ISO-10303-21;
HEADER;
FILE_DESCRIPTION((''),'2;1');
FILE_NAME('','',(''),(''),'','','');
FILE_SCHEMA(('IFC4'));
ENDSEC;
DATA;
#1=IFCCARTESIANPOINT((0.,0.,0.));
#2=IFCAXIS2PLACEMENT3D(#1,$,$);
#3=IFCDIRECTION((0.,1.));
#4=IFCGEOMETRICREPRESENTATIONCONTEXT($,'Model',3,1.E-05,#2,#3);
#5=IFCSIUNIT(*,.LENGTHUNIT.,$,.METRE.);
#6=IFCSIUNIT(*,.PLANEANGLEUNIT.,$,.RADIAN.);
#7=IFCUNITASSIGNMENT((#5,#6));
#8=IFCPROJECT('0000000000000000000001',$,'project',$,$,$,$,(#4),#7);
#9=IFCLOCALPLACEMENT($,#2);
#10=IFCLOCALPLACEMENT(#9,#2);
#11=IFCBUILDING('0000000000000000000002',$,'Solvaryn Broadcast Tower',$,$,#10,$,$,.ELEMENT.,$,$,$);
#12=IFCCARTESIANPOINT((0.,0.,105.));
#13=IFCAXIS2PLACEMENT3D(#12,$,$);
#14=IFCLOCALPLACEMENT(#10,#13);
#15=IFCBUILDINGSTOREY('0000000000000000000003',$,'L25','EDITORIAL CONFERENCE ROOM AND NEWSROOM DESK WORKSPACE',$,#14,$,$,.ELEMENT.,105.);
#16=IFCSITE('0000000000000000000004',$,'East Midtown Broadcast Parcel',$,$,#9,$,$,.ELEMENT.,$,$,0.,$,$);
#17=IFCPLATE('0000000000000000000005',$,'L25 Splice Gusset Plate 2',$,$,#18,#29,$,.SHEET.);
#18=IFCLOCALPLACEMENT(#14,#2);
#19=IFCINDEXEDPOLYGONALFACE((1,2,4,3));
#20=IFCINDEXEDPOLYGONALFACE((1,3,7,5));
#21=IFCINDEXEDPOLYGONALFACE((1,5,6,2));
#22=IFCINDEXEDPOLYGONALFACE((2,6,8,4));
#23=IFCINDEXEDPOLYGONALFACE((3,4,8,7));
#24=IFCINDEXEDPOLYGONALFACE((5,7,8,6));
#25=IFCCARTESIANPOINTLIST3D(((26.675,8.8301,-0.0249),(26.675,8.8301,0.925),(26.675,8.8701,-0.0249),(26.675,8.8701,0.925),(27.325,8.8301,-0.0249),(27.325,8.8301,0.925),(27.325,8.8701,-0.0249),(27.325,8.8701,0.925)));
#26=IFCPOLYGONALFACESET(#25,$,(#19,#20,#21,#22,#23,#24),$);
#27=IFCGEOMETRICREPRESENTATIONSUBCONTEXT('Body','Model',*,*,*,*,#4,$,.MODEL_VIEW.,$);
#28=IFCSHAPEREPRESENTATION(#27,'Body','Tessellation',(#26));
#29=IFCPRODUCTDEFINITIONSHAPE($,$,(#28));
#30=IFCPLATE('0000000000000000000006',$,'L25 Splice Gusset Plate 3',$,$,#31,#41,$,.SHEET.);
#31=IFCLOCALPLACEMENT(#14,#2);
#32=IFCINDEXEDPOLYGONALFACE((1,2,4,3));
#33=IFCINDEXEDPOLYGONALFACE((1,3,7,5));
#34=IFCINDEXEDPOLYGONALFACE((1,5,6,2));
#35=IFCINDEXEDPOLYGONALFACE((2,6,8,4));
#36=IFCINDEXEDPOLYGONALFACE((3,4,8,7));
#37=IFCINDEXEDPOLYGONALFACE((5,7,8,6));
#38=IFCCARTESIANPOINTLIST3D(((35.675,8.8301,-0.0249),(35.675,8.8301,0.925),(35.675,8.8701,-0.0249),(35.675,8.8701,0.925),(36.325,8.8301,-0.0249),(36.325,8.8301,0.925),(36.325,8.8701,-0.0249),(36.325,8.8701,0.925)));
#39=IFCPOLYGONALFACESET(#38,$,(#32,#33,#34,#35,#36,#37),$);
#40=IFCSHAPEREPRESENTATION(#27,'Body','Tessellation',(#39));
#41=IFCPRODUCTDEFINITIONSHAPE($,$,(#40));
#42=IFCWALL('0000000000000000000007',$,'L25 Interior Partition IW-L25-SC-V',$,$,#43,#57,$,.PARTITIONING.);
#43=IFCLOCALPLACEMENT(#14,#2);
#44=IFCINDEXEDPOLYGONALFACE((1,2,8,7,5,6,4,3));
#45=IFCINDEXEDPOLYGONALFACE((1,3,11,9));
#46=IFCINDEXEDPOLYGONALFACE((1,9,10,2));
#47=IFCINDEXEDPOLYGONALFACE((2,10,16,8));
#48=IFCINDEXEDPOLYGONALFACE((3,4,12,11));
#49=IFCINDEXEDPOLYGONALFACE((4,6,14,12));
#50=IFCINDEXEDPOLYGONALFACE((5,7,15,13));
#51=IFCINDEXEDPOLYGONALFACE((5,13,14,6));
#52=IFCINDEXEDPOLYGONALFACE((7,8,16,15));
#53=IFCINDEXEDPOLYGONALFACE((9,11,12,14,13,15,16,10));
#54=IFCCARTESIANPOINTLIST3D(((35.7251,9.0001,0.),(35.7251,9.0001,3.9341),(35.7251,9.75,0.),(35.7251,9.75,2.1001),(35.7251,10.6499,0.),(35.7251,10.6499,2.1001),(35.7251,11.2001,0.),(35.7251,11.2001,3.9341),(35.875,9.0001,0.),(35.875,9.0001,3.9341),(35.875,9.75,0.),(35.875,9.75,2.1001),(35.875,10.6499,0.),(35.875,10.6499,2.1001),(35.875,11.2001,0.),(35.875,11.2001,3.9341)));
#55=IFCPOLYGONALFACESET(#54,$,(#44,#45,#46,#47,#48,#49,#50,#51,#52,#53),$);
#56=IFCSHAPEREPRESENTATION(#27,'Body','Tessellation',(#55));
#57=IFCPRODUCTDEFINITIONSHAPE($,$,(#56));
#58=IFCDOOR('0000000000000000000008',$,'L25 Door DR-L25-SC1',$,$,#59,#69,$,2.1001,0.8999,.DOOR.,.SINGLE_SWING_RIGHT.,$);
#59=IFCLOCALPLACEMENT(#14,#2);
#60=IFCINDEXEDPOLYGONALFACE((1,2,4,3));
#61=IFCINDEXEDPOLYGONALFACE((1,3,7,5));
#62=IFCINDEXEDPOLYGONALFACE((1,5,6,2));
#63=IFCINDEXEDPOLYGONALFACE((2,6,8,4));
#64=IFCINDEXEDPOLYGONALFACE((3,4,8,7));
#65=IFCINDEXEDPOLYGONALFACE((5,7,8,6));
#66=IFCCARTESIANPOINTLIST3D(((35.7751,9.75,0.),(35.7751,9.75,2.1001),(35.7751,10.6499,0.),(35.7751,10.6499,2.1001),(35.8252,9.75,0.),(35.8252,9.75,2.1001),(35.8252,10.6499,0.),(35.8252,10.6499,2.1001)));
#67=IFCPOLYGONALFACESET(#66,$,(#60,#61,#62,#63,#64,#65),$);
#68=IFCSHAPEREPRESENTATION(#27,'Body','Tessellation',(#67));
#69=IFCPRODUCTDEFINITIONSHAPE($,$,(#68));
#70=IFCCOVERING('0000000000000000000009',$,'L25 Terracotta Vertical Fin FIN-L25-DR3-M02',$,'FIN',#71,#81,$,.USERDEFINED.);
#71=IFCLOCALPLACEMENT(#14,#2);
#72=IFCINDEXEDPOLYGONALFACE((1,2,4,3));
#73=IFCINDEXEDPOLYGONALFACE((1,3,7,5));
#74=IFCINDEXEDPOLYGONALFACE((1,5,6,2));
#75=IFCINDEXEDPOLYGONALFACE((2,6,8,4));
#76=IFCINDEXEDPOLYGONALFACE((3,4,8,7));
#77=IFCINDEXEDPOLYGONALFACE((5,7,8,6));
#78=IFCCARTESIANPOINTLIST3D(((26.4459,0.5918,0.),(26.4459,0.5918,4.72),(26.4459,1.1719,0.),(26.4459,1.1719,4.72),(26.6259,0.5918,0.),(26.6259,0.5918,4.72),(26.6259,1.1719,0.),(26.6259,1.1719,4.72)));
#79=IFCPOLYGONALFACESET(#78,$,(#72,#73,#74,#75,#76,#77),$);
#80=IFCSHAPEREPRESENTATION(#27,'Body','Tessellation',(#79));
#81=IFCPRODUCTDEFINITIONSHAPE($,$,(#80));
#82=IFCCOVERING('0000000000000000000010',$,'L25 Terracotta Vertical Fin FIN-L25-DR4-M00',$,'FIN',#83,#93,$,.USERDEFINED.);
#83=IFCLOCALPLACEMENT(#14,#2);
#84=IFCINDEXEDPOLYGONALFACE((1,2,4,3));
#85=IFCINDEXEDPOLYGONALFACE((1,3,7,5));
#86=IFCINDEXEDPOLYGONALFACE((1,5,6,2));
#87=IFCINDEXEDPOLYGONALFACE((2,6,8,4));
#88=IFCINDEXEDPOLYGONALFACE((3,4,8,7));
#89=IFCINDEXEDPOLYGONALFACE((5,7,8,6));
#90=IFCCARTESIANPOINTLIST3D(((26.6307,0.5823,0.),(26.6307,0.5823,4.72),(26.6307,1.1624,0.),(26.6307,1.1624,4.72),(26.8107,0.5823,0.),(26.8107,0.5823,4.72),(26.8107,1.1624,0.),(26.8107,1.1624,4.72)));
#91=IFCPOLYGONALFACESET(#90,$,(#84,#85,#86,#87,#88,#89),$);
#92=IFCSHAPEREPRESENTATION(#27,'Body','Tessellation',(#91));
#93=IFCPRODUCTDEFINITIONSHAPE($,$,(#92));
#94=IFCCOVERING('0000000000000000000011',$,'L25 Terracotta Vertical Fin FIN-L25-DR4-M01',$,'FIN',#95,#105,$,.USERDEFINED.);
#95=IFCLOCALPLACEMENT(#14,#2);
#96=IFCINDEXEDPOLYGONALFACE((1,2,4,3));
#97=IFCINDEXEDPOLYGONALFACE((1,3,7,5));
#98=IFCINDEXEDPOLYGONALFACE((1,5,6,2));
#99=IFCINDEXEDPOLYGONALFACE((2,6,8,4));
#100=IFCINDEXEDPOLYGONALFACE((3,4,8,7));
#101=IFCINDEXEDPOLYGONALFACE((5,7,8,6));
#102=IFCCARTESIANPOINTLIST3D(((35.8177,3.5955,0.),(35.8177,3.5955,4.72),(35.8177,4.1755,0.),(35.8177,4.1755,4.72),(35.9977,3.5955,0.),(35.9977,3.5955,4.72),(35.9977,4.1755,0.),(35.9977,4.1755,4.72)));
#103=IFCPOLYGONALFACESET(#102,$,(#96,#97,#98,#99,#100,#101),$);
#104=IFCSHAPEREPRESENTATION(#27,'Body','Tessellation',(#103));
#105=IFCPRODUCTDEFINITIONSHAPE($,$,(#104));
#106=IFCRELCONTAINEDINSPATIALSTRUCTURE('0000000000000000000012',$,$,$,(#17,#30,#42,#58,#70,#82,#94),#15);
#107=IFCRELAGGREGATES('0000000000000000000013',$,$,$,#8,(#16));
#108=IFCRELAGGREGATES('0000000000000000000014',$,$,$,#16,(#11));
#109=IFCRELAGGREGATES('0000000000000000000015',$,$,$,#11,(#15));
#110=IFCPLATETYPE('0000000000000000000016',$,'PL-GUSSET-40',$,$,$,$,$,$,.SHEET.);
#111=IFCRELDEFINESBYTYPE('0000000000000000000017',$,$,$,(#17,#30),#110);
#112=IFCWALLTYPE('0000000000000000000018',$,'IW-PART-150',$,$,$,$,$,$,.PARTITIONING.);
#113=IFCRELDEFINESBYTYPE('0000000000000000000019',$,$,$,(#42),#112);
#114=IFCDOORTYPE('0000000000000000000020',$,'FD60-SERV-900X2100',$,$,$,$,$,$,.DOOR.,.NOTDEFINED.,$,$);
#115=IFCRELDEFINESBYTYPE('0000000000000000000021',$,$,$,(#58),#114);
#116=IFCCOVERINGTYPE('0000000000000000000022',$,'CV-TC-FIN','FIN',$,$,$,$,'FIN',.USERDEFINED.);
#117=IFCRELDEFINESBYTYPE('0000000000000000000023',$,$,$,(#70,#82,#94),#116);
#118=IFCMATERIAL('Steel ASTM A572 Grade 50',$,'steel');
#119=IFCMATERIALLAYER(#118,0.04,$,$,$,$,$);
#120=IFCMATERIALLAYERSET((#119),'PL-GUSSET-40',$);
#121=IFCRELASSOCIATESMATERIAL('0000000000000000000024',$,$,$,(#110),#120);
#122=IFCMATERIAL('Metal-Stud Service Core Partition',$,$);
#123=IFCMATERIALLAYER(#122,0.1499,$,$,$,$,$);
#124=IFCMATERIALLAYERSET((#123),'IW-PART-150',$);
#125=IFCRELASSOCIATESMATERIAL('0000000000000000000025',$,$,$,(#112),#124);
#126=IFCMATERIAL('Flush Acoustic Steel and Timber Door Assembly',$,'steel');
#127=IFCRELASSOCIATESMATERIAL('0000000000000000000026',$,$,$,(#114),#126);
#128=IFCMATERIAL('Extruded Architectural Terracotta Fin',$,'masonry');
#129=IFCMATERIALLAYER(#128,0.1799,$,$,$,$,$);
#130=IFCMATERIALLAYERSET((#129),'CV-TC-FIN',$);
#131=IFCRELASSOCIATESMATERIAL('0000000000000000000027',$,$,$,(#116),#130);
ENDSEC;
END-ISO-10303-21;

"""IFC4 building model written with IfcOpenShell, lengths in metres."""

from ifc_helpers import new_model, si_unit, direction, frame, frame_2d, origin, origin_2d, place, context, subcontext, project, spatial, rectangle, extrude, material, layer, layer_set, type_object, element, fill, save


model = new_model("IFC4")

# Units and contexts
model_context = context("Model", 3, precision=1e-05, world=origin(), true_north=direction((0.0, 1.0)))
body_context = subcontext(model_context, "Body", "Model", "MODEL_VIEW")
ifc_project = project(units=[si_unit("LENGTHUNIT", "METRE"), si_unit("PLANEANGLEUNIT", "RADIAN")], contexts=[model_context])

# Site, building, storey
site_placement = place(None, origin())
site = spatial("IfcSite", under=ifc_project, at=site_placement, Name="East Midtown Broadcast Parcel", CompositionType="ELEMENT", RefElevation=0.0)
building_placement = place(site_placement, origin())
building = spatial("IfcBuilding", under=site, at=building_placement, Name="Solvaryn Broadcast Tower", CompositionType="ELEMENT")
storey_placement = place(building_placement, frame((0.0, 0.0, 105.0)))
storey = spatial("IfcBuildingStorey", under=building, at=storey_placement, Name="L25", Description="EDITORIAL CONFERENCE ROOM AND NEWSROOM DESK WORKSPACE", CompositionType="ELEMENT", Elevation=105.0)

# Plates
ifc_material_1 = material(Name="Steel ASTM A572 Grade 50", Category="steel")
ifc_layer_1 = layer(ifc_material_1, 0.04)
ifc_layer_set_1 = layer_set([ifc_layer_1], Name="PL-GUSSET-40")
plate_type_1 = type_object("IfcPlateType", Name="PL-GUSSET-40", PredefinedType="SHEET", material=ifc_layer_set_1)
for number, where, z_axis, x_axis, name in (
    (1, (27.0, 8.8501, -0.0249), (0.0, 0.0, 1.0), (1.0, 0.0, 0.0), "L25 Splice Gusset Plate 2"),
    (2, (36.0, 8.8501, -0.0249), (0.0, 0.0, 1.0), (1.0, 0.0, 0.0), "L25 Splice Gusset Plate 3"),
):
    element("IfcPlate", number, at=place(storey_placement, frame(where, z_axis=z_axis, x_axis=x_axis)), inside=storey, type_object=plate_type_1, Name=name, PredefinedType="SHEET", context=body_context, shape_type="SweptSolid", body=[
        extrude(rectangle(XDim=0.6499, YDim=0.04, at=origin_2d()), origin(), (0.0, 0.0, 1.0), 0.95),
    ])

# Wall, opening, door
ifc_material_2 = material(Name="Metal-Stud Service Core Partition")
ifc_layer_2 = layer(ifc_material_2, 0.1499)
ifc_layer_set_2 = layer_set([ifc_layer_2], Name="IW-PART-150")
wall_type = type_object("IfcWallType", Name="IW-PART-150", PredefinedType="PARTITIONING", material=ifc_layer_set_2)
wall_placement = place(storey_placement, frame((35.8, 9.0, 0.0), z_axis=(0.0, 0.0, 1.0), x_axis=(0.0, 1.0, 0.0)))
wall = element("IfcWall", 3, at=wall_placement, inside=storey, type_object=wall_type, Name="L25 Interior Partition IW-L25-SC-V", PredefinedType="PARTITIONING", context=body_context, shape_type="SweptSolid", body=[
    extrude(rectangle(XDim=2.2, YDim=0.1499, at=frame_2d((1.1001, 0.0))), origin(), (0.0, 0.0, 1.0), 3.9341),
])
opening_placement = place(wall_placement, frame((0.75, 0.0, 0.0)))
opening = element("IfcOpeningElement", 4, at=opening_placement, cuts=wall, PredefinedType="OPENING", context=body_context, shape_type="SweptSolid", body=[
    extrude(rectangle(XDim=0.8999, YDim=2.1001, at=frame_2d((0.45, 1.05))), frame((0.0, 0.085, 0.0), z_axis=(0.0, -1.0, 0.0), x_axis=(1.0, 0.0, 0.0)), (0.0, 0.0, 1.0), 0.1699),
])
ifc_material_3 = material(Name="Flush Acoustic Steel and Timber Door Assembly", Category="steel")
door_type = type_object("IfcDoorType", Name="FD60-SERV-900X2100", OperationType="NOTDEFINED", PredefinedType="DOOR", material=ifc_material_3)
door_placement = place(opening_placement, origin())
door = element("IfcDoor", 5, at=door_placement, inside=storey, type_object=door_type, Name="L25 Door DR-L25-SC1", OperationType="SINGLE_SWING_RIGHT", OverallHeight=2.1001, OverallWidth=0.8999, PredefinedType="DOOR", context=body_context, shape_type="SweptSolid", body=[
    extrude(rectangle(XDim=0.8999, YDim=2.1001, at=frame_2d((0.45, 1.05))), frame((0.0, 0.0249, 0.0), z_axis=(0.0, -1.0, 0.0), x_axis=(1.0, 0.0, 0.0)), (0.0, 0.0, 1.0), 0.05),
])
fill(opening, door)

# Coverings
ifc_material_4 = material(Name="Extruded Architectural Terracotta Fin", Category="masonry")
ifc_layer_3 = layer(ifc_material_4, 0.1799)
ifc_layer_set_3 = layer_set([ifc_layer_3], Name="CV-TC-FIN")
covering_type = type_object("IfcCoveringType", Name="CV-TC-FIN", Description="FIN", ElementType="FIN", PredefinedType="USERDEFINED", material=ifc_layer_set_3)
for number, where, z_axis, x_axis, name in (
    (6, (26.5359, 0.8818, 0.0), (0.0, 0.0, 1.0), (1.0, 0.0, 0.0), "L25 Terracotta Vertical Fin FIN-L25-DR3-M02"),
    (7, (26.7207, 0.8723, 0.0), (0.0, 0.0, 1.0), (1.0, 0.0, 0.0), "L25 Terracotta Vertical Fin FIN-L25-DR4-M00"),
    (8, (35.9077, 3.8855, 0.0), (0.0, 0.0, 1.0), (1.0, 0.0, 0.0), "L25 Terracotta Vertical Fin FIN-L25-DR4-M01"),
):
    element("IfcCovering", number, at=place(storey_placement, frame(where, z_axis=z_axis, x_axis=x_axis)), inside=storey, type_object=covering_type, Name=name, ObjectType="FIN", PredefinedType="USERDEFINED", context=body_context, shape_type="SweptSolid", body=[
        extrude(rectangle(XDim=0.1799, YDim=0.5801, at=origin_2d()), origin(), (0.0, 0.0, 1.0), 4.72),
    ])

save(model, "model.ifc")
